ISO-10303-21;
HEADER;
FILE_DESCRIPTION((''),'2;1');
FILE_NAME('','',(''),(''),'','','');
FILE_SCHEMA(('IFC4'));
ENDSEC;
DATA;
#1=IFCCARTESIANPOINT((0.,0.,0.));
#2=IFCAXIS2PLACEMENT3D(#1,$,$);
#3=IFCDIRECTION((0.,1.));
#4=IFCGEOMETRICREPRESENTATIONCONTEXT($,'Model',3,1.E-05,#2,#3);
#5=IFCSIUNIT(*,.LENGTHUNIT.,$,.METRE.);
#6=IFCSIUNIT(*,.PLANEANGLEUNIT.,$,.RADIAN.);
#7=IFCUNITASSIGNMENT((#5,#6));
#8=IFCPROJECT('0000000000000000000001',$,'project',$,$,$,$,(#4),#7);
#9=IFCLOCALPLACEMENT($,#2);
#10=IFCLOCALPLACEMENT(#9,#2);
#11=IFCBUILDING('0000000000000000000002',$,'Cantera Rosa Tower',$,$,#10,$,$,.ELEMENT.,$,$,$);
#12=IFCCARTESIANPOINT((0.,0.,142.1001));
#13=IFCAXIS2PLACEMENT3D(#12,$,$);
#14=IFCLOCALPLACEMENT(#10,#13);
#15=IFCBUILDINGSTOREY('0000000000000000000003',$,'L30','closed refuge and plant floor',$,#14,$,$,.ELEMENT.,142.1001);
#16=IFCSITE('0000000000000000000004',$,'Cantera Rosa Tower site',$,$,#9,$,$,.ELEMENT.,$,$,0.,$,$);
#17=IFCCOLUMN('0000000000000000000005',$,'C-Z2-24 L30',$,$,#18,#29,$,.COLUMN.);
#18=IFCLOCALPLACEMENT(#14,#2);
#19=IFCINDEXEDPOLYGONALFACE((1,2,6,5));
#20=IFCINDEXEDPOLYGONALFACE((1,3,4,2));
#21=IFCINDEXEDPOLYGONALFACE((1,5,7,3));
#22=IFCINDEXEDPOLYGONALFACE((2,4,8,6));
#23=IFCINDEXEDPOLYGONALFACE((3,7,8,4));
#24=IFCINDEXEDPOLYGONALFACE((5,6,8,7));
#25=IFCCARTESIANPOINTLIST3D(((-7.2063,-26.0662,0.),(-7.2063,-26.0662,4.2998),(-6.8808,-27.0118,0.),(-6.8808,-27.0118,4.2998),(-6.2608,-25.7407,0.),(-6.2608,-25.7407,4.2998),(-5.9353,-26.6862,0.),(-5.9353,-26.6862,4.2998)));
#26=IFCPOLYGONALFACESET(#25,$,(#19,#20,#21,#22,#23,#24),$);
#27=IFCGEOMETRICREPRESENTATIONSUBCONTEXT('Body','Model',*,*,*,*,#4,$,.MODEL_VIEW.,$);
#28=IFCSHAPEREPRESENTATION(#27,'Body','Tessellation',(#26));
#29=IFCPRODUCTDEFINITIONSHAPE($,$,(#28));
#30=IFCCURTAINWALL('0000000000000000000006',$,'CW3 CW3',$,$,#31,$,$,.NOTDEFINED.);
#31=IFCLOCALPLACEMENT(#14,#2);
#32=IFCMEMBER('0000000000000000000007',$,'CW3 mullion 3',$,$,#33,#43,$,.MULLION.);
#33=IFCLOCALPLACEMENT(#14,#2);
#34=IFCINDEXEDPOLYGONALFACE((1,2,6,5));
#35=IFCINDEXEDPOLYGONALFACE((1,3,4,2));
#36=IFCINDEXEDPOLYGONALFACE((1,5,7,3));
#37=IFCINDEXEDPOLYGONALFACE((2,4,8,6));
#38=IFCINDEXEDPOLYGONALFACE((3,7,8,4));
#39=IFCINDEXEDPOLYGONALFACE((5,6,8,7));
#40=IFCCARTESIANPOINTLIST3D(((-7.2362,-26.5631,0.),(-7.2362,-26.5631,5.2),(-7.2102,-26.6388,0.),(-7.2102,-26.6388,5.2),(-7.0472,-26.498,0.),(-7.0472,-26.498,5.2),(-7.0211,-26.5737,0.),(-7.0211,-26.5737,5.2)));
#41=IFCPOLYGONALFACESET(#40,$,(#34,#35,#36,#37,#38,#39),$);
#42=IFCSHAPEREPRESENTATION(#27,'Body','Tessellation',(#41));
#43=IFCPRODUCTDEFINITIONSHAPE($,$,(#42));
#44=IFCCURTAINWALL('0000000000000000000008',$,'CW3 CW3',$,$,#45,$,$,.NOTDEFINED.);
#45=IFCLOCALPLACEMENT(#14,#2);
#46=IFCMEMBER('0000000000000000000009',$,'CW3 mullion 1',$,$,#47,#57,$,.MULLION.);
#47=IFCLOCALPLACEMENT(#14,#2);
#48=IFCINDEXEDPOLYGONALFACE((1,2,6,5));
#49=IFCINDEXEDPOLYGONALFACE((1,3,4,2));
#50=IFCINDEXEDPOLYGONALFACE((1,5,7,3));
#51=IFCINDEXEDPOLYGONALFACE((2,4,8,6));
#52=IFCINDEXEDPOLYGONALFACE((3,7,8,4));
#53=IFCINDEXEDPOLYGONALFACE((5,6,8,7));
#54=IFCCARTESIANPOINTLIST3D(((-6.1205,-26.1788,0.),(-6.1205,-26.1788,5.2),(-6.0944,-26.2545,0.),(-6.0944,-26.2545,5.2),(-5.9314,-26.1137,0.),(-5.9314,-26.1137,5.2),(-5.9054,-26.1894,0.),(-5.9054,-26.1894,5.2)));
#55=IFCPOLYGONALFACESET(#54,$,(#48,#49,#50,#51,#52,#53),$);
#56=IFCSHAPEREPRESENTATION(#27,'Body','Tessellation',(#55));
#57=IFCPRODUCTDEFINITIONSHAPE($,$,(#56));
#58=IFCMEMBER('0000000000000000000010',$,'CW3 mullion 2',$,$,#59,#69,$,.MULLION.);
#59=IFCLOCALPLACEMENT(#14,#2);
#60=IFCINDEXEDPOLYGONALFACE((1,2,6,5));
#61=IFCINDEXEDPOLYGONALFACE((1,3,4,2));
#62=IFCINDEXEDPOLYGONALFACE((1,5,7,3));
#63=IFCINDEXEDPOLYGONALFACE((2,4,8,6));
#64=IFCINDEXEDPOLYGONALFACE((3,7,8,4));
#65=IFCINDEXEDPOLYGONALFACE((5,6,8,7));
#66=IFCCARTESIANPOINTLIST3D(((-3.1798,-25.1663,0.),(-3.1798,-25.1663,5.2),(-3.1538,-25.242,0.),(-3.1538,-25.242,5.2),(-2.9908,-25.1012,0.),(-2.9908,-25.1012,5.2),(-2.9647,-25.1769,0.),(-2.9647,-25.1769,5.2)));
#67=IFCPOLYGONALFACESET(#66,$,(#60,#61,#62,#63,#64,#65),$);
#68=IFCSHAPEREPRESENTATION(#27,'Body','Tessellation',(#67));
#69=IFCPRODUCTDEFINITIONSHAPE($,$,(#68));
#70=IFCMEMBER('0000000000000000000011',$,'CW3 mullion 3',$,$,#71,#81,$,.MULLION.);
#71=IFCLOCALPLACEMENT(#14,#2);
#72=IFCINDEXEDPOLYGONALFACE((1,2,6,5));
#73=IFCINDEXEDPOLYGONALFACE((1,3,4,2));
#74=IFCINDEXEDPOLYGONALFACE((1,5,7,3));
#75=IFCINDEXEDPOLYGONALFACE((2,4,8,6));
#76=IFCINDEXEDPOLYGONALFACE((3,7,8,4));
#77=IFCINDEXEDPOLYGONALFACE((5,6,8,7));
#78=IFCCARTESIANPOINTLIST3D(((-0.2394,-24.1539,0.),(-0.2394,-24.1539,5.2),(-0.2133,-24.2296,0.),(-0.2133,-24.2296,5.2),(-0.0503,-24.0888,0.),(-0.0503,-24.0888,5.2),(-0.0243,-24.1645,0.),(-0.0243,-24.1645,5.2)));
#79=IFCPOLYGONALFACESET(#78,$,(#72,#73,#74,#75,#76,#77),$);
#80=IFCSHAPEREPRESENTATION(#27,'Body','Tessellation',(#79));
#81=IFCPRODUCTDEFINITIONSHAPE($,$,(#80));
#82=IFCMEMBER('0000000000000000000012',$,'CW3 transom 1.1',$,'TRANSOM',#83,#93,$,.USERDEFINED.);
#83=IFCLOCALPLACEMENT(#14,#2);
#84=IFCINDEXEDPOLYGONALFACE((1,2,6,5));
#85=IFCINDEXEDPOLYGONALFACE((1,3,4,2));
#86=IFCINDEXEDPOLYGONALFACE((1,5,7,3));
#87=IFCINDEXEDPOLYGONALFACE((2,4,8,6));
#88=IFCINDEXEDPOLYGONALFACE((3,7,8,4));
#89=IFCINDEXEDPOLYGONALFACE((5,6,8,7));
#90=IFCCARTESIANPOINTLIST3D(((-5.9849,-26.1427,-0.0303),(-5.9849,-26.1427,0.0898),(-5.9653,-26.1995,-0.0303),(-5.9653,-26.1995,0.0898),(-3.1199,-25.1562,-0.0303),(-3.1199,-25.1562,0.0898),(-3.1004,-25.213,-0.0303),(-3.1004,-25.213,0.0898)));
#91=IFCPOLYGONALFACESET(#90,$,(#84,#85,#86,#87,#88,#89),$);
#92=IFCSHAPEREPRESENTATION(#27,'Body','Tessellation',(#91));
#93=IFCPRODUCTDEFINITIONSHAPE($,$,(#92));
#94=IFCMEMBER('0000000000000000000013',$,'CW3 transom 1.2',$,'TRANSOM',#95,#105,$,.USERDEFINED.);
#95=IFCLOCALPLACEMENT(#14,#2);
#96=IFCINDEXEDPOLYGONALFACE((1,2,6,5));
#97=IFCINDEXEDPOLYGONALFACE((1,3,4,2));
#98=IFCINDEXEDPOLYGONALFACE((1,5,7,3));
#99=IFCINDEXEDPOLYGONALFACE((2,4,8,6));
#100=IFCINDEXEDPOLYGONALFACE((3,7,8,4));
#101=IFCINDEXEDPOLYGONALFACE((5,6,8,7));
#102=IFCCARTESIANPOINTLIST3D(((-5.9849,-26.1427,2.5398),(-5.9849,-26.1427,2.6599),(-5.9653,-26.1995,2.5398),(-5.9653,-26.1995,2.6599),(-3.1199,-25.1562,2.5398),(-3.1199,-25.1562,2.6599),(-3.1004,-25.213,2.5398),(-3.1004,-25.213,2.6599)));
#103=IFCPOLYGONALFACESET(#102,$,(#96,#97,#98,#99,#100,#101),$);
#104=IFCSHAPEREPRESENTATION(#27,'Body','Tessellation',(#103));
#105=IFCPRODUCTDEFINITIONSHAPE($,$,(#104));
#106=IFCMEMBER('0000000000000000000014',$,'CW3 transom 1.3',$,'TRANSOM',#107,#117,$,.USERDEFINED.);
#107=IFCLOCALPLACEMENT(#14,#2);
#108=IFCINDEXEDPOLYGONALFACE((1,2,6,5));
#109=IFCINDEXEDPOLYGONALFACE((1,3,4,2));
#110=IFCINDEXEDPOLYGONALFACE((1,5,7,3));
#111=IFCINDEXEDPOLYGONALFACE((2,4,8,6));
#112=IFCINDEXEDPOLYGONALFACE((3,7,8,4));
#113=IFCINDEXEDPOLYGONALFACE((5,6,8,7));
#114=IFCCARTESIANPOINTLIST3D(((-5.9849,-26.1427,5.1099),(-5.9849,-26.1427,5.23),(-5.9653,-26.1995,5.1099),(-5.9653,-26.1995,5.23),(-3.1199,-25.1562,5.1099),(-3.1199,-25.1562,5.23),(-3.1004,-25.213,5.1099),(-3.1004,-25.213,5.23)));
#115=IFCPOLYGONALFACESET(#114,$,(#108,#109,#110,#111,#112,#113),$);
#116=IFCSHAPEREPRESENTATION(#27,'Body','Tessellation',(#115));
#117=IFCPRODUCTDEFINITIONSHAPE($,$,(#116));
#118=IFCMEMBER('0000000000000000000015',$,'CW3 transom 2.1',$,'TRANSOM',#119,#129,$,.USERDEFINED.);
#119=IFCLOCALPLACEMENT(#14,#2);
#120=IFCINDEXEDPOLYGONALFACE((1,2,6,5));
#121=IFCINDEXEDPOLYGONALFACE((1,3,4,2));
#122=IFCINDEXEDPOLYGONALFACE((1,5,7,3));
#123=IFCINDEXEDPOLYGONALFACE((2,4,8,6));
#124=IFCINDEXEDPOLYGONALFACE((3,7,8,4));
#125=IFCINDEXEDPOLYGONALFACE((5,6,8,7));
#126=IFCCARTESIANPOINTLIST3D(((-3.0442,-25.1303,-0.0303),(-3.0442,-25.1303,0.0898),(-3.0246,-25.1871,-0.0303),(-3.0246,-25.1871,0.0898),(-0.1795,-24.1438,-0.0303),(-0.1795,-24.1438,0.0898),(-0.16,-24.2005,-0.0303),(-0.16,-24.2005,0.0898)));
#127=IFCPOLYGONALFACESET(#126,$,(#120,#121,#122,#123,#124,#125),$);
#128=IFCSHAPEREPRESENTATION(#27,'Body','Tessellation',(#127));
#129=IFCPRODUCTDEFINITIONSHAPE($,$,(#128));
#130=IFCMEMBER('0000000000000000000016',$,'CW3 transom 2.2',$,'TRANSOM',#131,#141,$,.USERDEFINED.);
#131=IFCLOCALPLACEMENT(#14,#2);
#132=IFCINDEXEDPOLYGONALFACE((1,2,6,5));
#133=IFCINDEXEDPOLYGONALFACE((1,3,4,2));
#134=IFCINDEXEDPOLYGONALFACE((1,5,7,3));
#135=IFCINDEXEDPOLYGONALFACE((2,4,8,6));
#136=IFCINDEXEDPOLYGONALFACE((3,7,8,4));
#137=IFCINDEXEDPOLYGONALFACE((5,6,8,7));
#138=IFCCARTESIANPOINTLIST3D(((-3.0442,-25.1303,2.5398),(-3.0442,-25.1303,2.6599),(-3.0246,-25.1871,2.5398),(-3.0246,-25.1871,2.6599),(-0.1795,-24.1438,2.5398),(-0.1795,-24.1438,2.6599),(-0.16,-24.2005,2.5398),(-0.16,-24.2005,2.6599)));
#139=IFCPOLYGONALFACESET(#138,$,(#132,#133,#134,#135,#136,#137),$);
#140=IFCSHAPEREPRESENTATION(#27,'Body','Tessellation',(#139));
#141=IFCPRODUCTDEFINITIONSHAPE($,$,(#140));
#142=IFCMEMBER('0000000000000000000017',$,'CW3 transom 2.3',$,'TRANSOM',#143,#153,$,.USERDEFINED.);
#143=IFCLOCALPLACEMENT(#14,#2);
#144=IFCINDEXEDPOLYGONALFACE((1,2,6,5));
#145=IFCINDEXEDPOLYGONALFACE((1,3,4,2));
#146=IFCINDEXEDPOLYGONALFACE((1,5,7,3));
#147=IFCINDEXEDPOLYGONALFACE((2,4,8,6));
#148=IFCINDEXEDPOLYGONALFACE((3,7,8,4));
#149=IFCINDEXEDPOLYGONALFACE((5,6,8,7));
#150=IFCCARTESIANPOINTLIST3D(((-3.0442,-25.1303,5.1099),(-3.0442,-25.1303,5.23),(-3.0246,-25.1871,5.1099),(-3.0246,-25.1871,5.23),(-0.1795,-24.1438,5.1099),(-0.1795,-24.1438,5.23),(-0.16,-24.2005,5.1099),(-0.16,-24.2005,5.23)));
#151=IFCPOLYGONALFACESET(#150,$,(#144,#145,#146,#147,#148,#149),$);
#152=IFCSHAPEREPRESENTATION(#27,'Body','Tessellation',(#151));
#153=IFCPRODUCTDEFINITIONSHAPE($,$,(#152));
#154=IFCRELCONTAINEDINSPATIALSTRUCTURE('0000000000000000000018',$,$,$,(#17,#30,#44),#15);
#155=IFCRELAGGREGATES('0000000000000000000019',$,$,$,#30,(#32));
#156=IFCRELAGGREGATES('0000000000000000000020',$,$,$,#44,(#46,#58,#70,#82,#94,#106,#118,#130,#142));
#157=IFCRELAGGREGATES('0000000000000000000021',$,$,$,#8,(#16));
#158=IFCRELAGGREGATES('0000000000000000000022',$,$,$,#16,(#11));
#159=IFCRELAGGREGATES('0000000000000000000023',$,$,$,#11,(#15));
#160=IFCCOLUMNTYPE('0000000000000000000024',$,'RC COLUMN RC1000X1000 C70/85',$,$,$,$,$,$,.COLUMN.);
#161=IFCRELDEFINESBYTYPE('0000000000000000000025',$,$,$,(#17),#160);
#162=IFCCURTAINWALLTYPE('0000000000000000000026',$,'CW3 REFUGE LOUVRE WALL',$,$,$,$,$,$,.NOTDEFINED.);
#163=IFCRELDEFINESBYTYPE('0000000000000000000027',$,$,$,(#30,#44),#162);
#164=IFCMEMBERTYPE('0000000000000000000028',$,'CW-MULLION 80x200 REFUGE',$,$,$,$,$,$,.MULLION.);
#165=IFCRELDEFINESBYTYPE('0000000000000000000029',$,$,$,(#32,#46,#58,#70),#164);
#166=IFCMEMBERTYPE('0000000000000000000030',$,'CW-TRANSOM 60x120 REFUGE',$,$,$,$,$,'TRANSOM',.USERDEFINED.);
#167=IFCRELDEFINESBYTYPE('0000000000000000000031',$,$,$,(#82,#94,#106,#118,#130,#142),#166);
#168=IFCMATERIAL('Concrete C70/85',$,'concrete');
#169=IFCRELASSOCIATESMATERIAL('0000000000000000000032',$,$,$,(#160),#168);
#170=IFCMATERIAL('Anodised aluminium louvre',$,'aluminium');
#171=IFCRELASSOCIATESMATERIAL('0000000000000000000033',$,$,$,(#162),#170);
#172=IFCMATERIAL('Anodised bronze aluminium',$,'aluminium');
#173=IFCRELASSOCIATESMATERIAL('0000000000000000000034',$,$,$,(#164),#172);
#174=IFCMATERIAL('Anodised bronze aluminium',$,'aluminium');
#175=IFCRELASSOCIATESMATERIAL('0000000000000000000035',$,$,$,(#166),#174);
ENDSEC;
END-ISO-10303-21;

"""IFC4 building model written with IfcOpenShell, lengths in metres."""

from ifc_helpers import new_model, si_unit, direction, frame, origin, origin_2d, place, context, subcontext, project, spatial, rectangle, extrude, material, material_profile, profile_set, type_object, element, aggregate, save


model = new_model("IFC4")

# Units and contexts
model_context = context("Model", 3, precision=1e-05, world=origin(), true_north=direction((0.0, 1.0)))
body_context = subcontext(model_context, "Body", "Model", "MODEL_VIEW")
ifc_project = project(units=[si_unit("LENGTHUNIT", "METRE"), si_unit("PLANEANGLEUNIT", "RADIAN")], contexts=[model_context])

# Site, building, storey
site_placement = place(None, origin())
site = spatial("IfcSite", under=ifc_project, at=site_placement, Name="Cantera Rosa Tower site", CompositionType="ELEMENT", RefElevation=0.0)
building_placement = place(site_placement, origin())
building = spatial("IfcBuilding", under=site, at=building_placement, Name="Cantera Rosa Tower", CompositionType="ELEMENT")
storey_placement = place(building_placement, frame((0.0, 0.0, 142.1001)))
storey = spatial("IfcBuildingStorey", under=building, at=storey_placement, Name="L30", Description="closed refuge and plant floor", CompositionType="ELEMENT", Elevation=142.1001)

# Column
ifc_material_1 = material(Name="Concrete C70/85", Category="concrete")
ifc_material_profile_1 = material_profile(ifc_material_1, rectangle(XDim=1.0, YDim=1.0, at=origin_2d()), Name="RC COLUMN RC1000X1000 C70/85")
ifc_profile_set_1 = profile_set([ifc_material_profile_1], Name="Concrete C70/85")
column_type = type_object("IfcColumnType", Name="RC COLUMN RC1000X1000 C70/85", PredefinedType="COLUMN", material=ifc_profile_set_1)
column_placement = place(storey_placement, frame((-6.5708, -26.3762, 0.0), z_axis=(0.0, 0.0, 1.0), x_axis=(0.945519, 0.325568, 0.0)))
element("IfcColumn", 1, at=column_placement, inside=storey, type_object=column_type, Name="C-Z2-24 L30", PredefinedType="COLUMN", context=body_context, shape_type="SweptSolid", body=[
    extrude(rectangle(XDim=1.0, YDim=1.0, at=origin_2d()), origin(), (0.0, 0.0, 1.0), 4.2998),
])

# Curtain wall, member
ifc_material_2 = material(Name="Anodised aluminium louvre", Category="aluminium")
curtain_wall_type = type_object("IfcCurtainWallType", Name="CW3 REFUGE LOUVRE WALL", PredefinedType="NOTDEFINED", material=ifc_material_2)
curtain_wall_1_placement = place(storey_placement, origin())
curtain_wall_1 = element("IfcCurtainWall", 2, at=curtain_wall_1_placement, inside=storey, type_object=curtain_wall_type, Name="CW3 CW3", PredefinedType="NOTDEFINED")
ifc_material_3 = material(Name="Anodised bronze aluminium", Category="aluminium")
ifc_material_profile_2 = material_profile(ifc_material_3, rectangle(XDim=0.0801, YDim=0.2, at=origin_2d()), Name="CW-MULLION 80x200 REFUGE")
ifc_profile_set_2 = profile_set([ifc_material_profile_2], Name="Anodised bronze aluminium")
member_type_1 = type_object("IfcMemberType", Name="CW-MULLION 80x200 REFUGE", PredefinedType="MULLION", material=ifc_profile_set_2)
member_1_placement = place(storey_placement, frame((-7.1287, -26.5684, 0.0), z_axis=(0.0, 0.0, 1.0), x_axis=(-0.325568, 0.945519, 0.0)))
member_1 = element("IfcMember", 3, at=member_1_placement, type_object=member_type_1, Name="CW3 mullion 3", PredefinedType="MULLION", context=body_context, shape_type="SweptSolid", body=[
    extrude(rectangle(XDim=0.0801, YDim=0.2, at=origin_2d()), origin(), (0.0, 0.0, 1.0), 5.2),
])

# Curtain wall, members
curtain_wall_2_placement = place(storey_placement, origin())
curtain_wall_2 = element("IfcCurtainWall", 4, at=curtain_wall_2_placement, inside=storey, type_object=curtain_wall_type, Name="CW3 CW3", PredefinedType="NOTDEFINED")
member_2_placement = place(storey_placement, frame((-6.0129, -26.1841, 0.0), z_axis=(0.0, 0.0, 1.0), x_axis=(-0.325568, 0.945519, 0.0)))
member_2 = element("IfcMember", 5, at=member_2_placement, type_object=member_type_1, Name="CW3 mullion 1", PredefinedType="MULLION", context=body_context, shape_type="SweptSolid", body=[
    extrude(rectangle(XDim=0.0801, YDim=0.2, at=origin_2d()), origin(), (0.0, 0.0, 1.0), 5.2),
])
member_3_placement = place(storey_placement, frame((-3.0723, -25.1716, 0.0), z_axis=(0.0, 0.0, 1.0), x_axis=(-0.325568, 0.945519, 0.0)))
member_3 = element("IfcMember", 6, at=member_3_placement, type_object=member_type_1, Name="CW3 mullion 2", PredefinedType="MULLION", context=body_context, shape_type="SweptSolid", body=[
    extrude(rectangle(XDim=0.0801, YDim=0.2, at=origin_2d()), origin(), (0.0, 0.0, 1.0), 5.2),
])
member_4_placement = place(storey_placement, frame((-0.1318, -24.1592, 0.0), z_axis=(0.0, 0.0, 1.0), x_axis=(-0.325568, 0.945519, 0.0)))
member_4 = element("IfcMember", 7, at=member_4_placement, type_object=member_type_1, Name="CW3 mullion 3", PredefinedType="MULLION", context=body_context, shape_type="SweptSolid", body=[
    extrude(rectangle(XDim=0.0801, YDim=0.2, at=origin_2d()), origin(), (0.0, 0.0, 1.0), 5.2),
])
ifc_material_4 = material(Name="Anodised bronze aluminium", Category="aluminium")
ifc_material_profile_3 = material_profile(ifc_material_4, rectangle(XDim=0.0601, YDim=0.1201, at=origin_2d()), Name="CW-TRANSOM 60x120 REFUGE")
ifc_profile_set_3 = profile_set([ifc_material_profile_3], Name="Anodised bronze aluminium")
member_type_2 = type_object("IfcMemberType", Name="CW-TRANSOM 60x120 REFUGE", ElementType="TRANSOM", PredefinedType="USERDEFINED", material=ifc_profile_set_3)
member_5_placement = place(storey_placement, frame((-5.9751, -26.1711, 0.0298), z_axis=(0.945511, 0.325591, 0.0), x_axis=(-0.325591, 0.945511, 0.0)))
member_5 = element("IfcMember", 8, at=member_5_placement, type_object=member_type_2, Name="CW3 transom 1.1", ObjectType="TRANSOM", PredefinedType="USERDEFINED", context=body_context, shape_type="SweptSolid", body=[
    extrude(rectangle(XDim=0.0601, YDim=0.1201, at=origin_2d()), origin(), (0.0, 0.0, 1.0), 3.03),
])
member_6_placement = place(storey_placement, frame((-5.9751, -26.1711, 2.5999), z_axis=(0.945511, 0.325591, 0.0), x_axis=(-0.325591, 0.945511, 0.0)))
member_6 = element("IfcMember", 9, at=member_6_placement, type_object=member_type_2, Name="CW3 transom 1.2", ObjectType="TRANSOM", PredefinedType="USERDEFINED", context=body_context, shape_type="SweptSolid", body=[
    extrude(rectangle(XDim=0.0601, YDim=0.1201, at=origin_2d()), origin(), (0.0, 0.0, 1.0), 3.03),
])
member_7_placement = place(storey_placement, frame((-5.9751, -26.1711, 5.1699), z_axis=(0.945511, 0.325591, 0.0), x_axis=(-0.325591, 0.945511, 0.0)))
member_7 = element("IfcMember", 10, at=member_7_placement, type_object=member_type_2, Name="CW3 transom 1.3", ObjectType="TRANSOM", PredefinedType="USERDEFINED", context=body_context, shape_type="SweptSolid", body=[
    extrude(rectangle(XDim=0.0601, YDim=0.1201, at=origin_2d()), origin(), (0.0, 0.0, 1.0), 3.03),
])
member_8_placement = place(storey_placement, frame((-3.0344, -25.1587, 0.0298), z_axis=(0.945502, 0.325616, 0.0), x_axis=(-0.325616, 0.945502, 0.0)))
member_8 = element("IfcMember", 11, at=member_8_placement, type_object=member_type_2, Name="CW3 transom 2.1", ObjectType="TRANSOM", PredefinedType="USERDEFINED", context=body_context, shape_type="SweptSolid", body=[
    extrude(rectangle(XDim=0.0601, YDim=0.1201, at=origin_2d()), origin(), (0.0, 0.0, 1.0), 3.0298),
])
member_9_placement = place(storey_placement, frame((-3.0344, -25.1587, 2.5999), z_axis=(0.945502, 0.325616, 0.0), x_axis=(-0.325616, 0.945502, 0.0)))
member_9 = element("IfcMember", 12, at=member_9_placement, type_object=member_type_2, Name="CW3 transom 2.2", ObjectType="TRANSOM", PredefinedType="USERDEFINED", context=body_context, shape_type="SweptSolid", body=[
    extrude(rectangle(XDim=0.0601, YDim=0.1201, at=origin_2d()), origin(), (0.0, 0.0, 1.0), 3.0298),
])
member_10_placement = place(storey_placement, frame((-3.0344, -25.1587, 5.1699), z_axis=(0.945502, 0.325616, 0.0), x_axis=(-0.325616, 0.945502, 0.0)))
member_10 = element("IfcMember", 13, at=member_10_placement, type_object=member_type_2, Name="CW3 transom 2.3", ObjectType="TRANSOM", PredefinedType="USERDEFINED", context=body_context, shape_type="SweptSolid", body=[
    extrude(rectangle(XDim=0.0601, YDim=0.1201, at=origin_2d()), origin(), (0.0, 0.0, 1.0), 3.0298),
])

aggregate(curtain_wall_1, [member_1])
aggregate(curtain_wall_2, [member_2, member_3, member_4, member_5, member_6, member_7, member_8, member_9, member_10])

save(model, "model.ifc")
